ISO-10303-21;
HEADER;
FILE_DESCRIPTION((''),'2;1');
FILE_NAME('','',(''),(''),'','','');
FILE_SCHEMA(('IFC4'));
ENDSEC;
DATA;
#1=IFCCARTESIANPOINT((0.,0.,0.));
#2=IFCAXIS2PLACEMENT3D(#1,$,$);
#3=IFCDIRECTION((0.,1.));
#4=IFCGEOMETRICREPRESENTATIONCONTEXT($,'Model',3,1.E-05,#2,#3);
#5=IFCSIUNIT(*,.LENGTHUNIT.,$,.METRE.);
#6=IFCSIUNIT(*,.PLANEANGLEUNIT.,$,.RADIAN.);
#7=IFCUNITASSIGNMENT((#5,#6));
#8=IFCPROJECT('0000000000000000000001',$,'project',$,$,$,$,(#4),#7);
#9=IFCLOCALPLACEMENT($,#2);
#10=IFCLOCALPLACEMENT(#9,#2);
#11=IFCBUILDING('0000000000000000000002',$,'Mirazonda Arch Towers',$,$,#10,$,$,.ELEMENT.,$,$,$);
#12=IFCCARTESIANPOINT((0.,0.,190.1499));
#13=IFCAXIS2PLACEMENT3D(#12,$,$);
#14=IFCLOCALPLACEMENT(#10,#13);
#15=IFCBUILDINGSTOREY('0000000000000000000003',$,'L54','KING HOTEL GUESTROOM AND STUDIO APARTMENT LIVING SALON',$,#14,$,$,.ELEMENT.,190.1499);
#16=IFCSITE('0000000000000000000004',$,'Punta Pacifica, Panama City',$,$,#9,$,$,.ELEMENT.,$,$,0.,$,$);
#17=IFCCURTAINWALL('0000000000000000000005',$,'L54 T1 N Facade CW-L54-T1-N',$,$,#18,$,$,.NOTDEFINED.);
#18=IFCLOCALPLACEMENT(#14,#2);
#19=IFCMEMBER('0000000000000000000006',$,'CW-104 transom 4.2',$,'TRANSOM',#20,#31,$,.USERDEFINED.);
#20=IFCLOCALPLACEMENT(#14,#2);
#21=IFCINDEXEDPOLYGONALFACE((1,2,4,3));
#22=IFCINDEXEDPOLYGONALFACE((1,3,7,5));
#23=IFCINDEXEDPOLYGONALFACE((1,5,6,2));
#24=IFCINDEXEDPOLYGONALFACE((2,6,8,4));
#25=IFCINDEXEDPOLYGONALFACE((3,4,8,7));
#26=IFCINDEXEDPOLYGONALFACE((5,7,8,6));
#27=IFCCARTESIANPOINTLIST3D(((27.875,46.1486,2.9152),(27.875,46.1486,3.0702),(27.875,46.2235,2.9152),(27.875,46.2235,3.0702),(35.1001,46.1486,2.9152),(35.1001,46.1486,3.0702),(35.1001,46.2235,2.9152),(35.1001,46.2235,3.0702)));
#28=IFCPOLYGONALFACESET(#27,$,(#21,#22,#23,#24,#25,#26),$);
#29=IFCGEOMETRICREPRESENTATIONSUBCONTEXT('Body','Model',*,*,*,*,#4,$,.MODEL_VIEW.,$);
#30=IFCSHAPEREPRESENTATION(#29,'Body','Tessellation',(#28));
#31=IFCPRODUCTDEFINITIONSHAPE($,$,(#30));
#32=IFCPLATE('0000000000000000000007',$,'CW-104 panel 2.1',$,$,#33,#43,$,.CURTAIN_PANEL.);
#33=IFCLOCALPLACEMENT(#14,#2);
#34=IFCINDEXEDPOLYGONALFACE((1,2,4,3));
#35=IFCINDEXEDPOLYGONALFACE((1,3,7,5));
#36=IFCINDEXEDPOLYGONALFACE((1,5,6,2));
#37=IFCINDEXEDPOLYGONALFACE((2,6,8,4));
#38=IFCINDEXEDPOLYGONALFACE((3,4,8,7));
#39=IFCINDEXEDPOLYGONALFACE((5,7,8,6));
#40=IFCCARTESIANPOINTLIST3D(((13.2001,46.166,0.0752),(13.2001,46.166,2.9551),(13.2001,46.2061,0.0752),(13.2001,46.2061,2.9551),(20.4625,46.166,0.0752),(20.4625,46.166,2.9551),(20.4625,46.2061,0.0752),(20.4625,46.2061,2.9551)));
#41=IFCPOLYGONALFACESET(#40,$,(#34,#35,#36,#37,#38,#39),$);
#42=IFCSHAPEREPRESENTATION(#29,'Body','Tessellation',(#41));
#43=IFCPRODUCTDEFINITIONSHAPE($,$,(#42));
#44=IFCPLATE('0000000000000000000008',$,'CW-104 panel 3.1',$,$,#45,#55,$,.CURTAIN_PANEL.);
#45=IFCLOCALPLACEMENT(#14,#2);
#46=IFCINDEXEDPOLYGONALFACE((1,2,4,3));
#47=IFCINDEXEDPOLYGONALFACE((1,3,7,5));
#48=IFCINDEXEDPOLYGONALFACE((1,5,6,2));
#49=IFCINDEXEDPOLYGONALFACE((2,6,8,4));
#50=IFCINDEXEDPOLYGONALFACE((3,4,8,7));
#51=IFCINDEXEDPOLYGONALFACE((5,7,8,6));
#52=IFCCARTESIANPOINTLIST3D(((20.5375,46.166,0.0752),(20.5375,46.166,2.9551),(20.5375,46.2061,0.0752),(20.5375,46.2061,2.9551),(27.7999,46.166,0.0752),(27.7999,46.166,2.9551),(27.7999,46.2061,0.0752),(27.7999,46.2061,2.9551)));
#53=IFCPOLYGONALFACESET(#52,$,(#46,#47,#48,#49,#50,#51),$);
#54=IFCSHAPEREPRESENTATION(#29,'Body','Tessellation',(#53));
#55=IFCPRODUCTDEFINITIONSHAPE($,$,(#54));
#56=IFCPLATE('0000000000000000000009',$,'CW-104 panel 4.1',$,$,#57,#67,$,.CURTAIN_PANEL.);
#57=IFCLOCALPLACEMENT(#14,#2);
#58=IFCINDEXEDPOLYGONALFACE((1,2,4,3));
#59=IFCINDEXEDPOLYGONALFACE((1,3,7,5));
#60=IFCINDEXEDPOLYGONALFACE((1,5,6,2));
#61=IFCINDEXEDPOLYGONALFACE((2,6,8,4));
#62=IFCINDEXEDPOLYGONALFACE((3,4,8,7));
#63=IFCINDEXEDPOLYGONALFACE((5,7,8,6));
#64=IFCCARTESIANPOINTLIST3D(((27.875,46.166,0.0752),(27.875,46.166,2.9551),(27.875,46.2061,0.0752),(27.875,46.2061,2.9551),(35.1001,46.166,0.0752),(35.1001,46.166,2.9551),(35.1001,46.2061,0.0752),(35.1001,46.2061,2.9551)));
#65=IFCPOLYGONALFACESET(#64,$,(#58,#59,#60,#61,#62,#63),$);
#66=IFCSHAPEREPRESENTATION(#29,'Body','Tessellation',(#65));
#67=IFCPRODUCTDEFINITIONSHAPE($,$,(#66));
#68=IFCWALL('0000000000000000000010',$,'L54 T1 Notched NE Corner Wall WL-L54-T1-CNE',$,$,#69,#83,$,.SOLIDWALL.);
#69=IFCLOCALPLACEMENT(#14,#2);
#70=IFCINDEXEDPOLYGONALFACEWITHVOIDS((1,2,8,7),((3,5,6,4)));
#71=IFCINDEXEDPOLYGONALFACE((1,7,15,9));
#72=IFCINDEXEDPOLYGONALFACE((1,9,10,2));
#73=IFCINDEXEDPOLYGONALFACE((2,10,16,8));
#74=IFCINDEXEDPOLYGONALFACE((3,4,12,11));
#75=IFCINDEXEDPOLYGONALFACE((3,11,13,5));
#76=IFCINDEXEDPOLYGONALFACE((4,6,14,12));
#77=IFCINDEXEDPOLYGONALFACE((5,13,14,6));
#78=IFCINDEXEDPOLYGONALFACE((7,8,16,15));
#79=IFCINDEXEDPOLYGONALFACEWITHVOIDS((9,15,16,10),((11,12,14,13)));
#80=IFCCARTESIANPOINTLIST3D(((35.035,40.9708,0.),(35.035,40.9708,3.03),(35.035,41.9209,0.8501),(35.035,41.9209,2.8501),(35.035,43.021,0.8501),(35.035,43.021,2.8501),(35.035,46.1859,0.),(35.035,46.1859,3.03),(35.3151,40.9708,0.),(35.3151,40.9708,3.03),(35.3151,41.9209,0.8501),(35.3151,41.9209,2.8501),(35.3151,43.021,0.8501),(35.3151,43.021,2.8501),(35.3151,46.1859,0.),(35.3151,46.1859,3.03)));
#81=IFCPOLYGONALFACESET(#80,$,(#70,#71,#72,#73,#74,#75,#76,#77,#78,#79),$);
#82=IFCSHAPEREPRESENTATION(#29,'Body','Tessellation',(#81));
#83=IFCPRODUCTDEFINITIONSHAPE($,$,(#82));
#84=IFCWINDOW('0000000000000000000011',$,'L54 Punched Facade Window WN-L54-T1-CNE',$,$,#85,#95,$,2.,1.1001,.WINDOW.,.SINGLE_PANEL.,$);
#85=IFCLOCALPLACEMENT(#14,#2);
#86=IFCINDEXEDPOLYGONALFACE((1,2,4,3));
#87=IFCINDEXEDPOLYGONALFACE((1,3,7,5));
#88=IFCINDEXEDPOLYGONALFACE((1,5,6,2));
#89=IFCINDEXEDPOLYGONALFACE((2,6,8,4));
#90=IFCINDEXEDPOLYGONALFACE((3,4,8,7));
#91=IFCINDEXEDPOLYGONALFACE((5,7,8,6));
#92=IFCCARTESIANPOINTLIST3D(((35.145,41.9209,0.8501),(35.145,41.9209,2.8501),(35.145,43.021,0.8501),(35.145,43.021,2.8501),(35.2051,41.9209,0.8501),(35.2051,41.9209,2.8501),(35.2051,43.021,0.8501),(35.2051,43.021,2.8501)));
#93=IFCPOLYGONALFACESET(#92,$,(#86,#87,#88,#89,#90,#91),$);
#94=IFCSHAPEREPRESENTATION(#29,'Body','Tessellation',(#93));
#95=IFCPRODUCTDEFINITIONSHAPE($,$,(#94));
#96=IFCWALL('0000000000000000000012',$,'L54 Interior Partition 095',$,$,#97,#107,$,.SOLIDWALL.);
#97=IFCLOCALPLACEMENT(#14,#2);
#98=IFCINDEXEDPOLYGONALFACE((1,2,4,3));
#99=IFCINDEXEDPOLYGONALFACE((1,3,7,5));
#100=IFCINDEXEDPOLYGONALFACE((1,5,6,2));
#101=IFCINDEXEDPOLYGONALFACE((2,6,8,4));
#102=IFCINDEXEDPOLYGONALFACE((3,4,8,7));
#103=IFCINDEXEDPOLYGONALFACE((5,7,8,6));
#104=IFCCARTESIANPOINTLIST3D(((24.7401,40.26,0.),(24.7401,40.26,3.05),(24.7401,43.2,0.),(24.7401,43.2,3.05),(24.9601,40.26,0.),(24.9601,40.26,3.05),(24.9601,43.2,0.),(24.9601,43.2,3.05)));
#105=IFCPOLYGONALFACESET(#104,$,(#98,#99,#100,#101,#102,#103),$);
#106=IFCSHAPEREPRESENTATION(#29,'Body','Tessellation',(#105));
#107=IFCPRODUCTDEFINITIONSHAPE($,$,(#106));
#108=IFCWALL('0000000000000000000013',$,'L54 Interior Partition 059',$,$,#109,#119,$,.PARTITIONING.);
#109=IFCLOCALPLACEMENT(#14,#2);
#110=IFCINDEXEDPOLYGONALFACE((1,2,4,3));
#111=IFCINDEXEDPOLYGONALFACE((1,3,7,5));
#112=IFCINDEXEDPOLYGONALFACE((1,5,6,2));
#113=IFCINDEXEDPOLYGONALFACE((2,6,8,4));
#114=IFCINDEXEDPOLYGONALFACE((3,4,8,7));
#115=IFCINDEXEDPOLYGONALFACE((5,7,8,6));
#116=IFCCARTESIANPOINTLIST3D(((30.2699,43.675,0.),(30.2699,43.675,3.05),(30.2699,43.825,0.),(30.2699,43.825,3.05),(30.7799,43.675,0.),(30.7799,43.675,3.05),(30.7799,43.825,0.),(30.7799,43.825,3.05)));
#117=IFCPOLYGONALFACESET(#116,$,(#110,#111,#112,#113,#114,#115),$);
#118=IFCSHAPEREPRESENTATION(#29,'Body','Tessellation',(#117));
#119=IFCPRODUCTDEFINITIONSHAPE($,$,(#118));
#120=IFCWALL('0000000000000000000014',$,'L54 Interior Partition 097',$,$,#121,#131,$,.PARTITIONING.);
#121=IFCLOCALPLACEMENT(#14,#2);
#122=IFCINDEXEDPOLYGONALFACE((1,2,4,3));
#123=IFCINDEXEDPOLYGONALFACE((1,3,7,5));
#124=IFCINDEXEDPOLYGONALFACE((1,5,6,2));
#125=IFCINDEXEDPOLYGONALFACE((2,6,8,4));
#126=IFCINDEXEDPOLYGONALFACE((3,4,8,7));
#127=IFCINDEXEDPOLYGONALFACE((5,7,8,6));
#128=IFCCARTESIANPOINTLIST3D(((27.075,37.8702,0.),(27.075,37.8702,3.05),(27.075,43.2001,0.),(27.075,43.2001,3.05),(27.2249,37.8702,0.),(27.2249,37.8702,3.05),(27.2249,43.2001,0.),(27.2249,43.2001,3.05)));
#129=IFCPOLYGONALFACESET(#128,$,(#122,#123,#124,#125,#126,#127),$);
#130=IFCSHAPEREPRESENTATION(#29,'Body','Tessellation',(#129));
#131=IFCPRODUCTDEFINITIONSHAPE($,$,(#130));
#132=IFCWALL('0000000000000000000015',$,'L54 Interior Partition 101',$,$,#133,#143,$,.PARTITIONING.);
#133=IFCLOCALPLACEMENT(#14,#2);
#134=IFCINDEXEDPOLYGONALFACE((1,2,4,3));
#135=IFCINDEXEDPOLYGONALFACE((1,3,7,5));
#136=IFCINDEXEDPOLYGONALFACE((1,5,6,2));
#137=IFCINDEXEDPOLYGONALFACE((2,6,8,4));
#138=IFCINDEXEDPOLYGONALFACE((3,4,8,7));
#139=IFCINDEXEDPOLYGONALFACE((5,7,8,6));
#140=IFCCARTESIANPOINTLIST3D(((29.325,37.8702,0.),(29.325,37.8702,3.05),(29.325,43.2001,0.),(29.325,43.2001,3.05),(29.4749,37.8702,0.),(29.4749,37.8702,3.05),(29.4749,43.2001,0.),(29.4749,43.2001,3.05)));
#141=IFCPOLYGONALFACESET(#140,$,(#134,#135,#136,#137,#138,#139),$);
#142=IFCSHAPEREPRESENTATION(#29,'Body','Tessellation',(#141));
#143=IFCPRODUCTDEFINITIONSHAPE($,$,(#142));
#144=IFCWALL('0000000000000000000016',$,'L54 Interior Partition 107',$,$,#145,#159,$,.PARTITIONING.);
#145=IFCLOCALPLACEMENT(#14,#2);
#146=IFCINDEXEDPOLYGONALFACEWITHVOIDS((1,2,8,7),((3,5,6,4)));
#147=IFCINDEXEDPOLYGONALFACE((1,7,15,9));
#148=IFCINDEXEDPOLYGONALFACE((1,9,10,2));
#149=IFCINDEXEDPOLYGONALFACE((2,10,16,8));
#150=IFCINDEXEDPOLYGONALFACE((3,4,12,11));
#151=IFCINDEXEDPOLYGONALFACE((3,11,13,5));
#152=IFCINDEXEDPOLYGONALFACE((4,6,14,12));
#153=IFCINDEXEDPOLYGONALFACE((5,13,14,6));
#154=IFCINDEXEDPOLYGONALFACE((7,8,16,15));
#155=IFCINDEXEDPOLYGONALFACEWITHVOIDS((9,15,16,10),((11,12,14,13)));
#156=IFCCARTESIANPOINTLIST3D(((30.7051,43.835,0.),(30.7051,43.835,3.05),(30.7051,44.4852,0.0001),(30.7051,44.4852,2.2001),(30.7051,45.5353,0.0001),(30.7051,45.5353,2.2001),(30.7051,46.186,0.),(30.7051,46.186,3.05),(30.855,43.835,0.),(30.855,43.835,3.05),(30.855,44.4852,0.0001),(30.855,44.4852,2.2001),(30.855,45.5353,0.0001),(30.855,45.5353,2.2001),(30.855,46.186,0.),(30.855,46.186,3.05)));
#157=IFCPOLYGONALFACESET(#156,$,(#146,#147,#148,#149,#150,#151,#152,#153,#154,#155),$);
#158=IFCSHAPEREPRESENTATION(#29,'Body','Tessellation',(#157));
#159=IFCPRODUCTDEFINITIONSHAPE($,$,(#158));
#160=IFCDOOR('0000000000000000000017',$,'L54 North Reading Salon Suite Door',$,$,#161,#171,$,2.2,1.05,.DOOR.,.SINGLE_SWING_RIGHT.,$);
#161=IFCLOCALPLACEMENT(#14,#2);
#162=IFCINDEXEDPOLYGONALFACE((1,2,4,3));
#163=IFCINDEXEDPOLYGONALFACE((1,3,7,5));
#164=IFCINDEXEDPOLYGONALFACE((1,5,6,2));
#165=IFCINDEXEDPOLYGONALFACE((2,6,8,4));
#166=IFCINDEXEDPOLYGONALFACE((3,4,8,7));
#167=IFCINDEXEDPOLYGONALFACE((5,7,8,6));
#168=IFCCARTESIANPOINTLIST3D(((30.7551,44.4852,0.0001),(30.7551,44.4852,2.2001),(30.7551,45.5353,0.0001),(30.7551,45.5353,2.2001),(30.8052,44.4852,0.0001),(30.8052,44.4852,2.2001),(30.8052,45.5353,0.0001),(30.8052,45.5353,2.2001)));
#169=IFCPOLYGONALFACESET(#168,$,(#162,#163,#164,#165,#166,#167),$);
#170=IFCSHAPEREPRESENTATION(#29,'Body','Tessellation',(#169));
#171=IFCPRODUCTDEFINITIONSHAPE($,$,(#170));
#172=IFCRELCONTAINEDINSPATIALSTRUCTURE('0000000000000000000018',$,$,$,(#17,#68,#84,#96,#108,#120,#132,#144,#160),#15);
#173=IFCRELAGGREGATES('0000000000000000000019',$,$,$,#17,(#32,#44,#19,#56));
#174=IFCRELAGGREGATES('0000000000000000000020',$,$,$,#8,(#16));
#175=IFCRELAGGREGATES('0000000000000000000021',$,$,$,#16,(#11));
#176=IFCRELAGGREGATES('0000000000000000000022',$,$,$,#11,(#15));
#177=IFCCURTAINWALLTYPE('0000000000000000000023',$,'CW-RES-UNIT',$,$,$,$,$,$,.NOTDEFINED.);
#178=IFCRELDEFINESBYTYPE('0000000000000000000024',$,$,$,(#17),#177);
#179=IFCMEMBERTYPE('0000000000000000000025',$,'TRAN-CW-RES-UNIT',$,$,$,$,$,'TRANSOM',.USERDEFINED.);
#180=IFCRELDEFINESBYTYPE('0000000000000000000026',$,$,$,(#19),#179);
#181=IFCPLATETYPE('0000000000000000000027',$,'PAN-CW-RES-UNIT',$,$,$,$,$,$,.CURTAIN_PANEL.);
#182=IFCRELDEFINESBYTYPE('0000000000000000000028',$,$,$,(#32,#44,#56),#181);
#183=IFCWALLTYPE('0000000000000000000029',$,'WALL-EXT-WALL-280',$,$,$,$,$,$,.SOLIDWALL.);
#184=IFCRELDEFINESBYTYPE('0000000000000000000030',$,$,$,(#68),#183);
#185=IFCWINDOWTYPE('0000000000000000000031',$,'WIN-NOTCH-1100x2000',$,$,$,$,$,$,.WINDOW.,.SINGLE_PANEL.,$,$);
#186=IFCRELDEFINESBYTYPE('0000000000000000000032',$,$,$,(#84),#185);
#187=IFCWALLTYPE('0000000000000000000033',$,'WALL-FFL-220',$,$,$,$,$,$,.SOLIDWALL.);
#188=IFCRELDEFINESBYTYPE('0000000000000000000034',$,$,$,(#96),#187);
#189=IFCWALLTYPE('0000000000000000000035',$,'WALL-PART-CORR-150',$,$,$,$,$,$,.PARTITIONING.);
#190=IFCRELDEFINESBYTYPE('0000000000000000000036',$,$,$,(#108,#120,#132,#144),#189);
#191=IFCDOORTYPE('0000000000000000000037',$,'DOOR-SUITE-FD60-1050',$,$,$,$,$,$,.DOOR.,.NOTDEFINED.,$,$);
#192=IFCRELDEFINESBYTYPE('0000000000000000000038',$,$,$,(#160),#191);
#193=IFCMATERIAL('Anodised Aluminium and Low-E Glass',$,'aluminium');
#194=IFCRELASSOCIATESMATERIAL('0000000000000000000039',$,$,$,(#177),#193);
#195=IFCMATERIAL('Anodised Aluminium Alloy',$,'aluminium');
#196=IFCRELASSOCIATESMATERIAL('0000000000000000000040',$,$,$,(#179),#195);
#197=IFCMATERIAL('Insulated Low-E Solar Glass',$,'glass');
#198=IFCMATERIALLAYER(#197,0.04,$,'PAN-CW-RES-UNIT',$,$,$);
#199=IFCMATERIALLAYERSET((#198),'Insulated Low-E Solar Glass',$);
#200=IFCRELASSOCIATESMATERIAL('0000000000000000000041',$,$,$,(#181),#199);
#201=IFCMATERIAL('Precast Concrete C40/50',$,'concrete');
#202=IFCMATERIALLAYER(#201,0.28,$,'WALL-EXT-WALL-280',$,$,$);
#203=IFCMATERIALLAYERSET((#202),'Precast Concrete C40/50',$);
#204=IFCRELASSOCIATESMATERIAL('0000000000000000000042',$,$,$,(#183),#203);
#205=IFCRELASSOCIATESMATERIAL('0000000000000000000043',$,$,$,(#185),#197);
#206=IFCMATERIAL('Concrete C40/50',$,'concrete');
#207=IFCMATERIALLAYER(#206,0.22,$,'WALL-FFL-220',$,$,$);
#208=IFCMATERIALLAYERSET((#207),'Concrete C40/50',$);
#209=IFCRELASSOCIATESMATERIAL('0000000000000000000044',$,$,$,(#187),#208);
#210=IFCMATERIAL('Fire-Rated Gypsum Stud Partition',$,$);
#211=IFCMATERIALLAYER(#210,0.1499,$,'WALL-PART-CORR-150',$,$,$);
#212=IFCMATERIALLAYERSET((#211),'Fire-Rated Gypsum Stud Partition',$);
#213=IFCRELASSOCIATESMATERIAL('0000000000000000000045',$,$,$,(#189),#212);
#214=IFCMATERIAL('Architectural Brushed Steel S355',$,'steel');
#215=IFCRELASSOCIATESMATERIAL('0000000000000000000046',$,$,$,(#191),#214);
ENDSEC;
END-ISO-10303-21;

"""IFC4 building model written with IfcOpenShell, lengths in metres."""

from ifc_helpers import new_model, si_unit, direction, frame, frame_2d, origin, origin_2d, place, context, subcontext, project, spatial, rectangle, extrude, material, layer, layer_set, material_profile, profile_set, type_object, element, fill, aggregate, save


model = new_model("IFC4")

# Units and contexts
model_context = context("Model", 3, precision=1e-05, world=origin(), true_north=direction((0.0, 1.0)))
body_context = subcontext(model_context, "Body", "Model", "MODEL_VIEW")
ifc_project = project(units=[si_unit("LENGTHUNIT", "METRE"), si_unit("PLANEANGLEUNIT", "RADIAN")], contexts=[model_context])

# Site, building, storey
site_placement = place(None, origin())
site = spatial("IfcSite", under=ifc_project, at=site_placement, Name="Punta Pacifica, Panama City", CompositionType="ELEMENT", RefElevation=0.0)
building_placement = place(site_placement, origin())
building = spatial("IfcBuilding", under=site, at=building_placement, Name="Mirazonda Arch Towers", CompositionType="ELEMENT")
storey_placement = place(building_placement, frame((0.0, 0.0, 190.1499)))
storey = spatial("IfcBuildingStorey", under=building, at=storey_placement, Name="L54", Description="KING HOTEL GUESTROOM AND STUDIO APARTMENT LIVING SALON", CompositionType="ELEMENT", Elevation=190.1499)

# Curtain wall, member, plates
ifc_material_1 = material(Name="Anodised Aluminium and Low-E Glass", Category="aluminium")
curtain_wall_type = type_object("IfcCurtainWallType", Name="CW-RES-UNIT", PredefinedType="NOTDEFINED", material=ifc_material_1)
curtain_wall_placement = place(storey_placement, origin())
curtain_wall = element("IfcCurtainWall", 1, at=curtain_wall_placement, inside=storey, type_object=curtain_wall_type, Name="L54 T1 N Facade CW-L54-T1-N", PredefinedType="NOTDEFINED")
ifc_material_2 = material(Name="Anodised Aluminium Alloy", Category="aluminium")
ifc_material_profile_1 = material_profile(ifc_material_2, rectangle(XDim=0.075, YDim=0.155, at=origin_2d()), Name="ALU-TRAN-75x155")
ifc_profile_set_1 = profile_set([ifc_material_profile_1], Name="Anodised Aluminium Alloy")
member_type_1 = type_object("IfcMemberType", Name="TRAN-CW-RES-UNIT", ElementType="TRANSOM", PredefinedType="USERDEFINED", material=ifc_profile_set_1)
member_1_placement = place(storey_placement, frame((27.875, 46.186, 2.9927), z_axis=(1.0, 0.0, 0.0), x_axis=(0.0, 1.0, 0.0)))
member_1 = element("IfcMember", 2, at=member_1_placement, type_object=member_type_1, Name="CW-104 transom 4.2", ObjectType="TRANSOM", PredefinedType="USERDEFINED", context=body_context, shape_type="SweptSolid", body=[
    extrude(rectangle(XDim=0.075, YDim=0.155, at=origin_2d()), origin(), (0.0, 0.0, 1.0), 7.2251),
])
ifc_material_3 = material(Name="Insulated Low-E Solar Glass", Category="glass")
ifc_layer_1 = layer(ifc_material_3, 0.04, Name="PAN-CW-RES-UNIT")
ifc_layer_set_1 = layer_set([ifc_layer_1], Name="Insulated Low-E Solar Glass")
plate_type = type_object("IfcPlateType", Name="PAN-CW-RES-UNIT", PredefinedType="CURTAIN_PANEL", material=ifc_layer_set_1)
plate_1_placement = place(storey_placement, frame((16.8313, 46.186, 0.0752), z_axis=(0.0, 0.0, 1.0), x_axis=(1.0, 0.0, 0.0)))
plate_1 = element("IfcPlate", 3, at=plate_1_placement, type_object=plate_type, Name="CW-104 panel 2.1", PredefinedType="CURTAIN_PANEL", context=body_context, shape_type="SweptSolid", body=[
    extrude(rectangle(XDim=7.2625, YDim=0.04, at=origin_2d()), origin(), (0.0, 0.0, 1.0), 2.8799),
])
plate_2_placement = place(storey_placement, frame((24.1687, 46.186, 0.0752), z_axis=(0.0, 0.0, 1.0), x_axis=(1.0, 0.0, 0.0)))
plate_2 = element("IfcPlate", 4, at=plate_2_placement, type_object=plate_type, Name="CW-104 panel 3.1", PredefinedType="CURTAIN_PANEL", context=body_context, shape_type="SweptSolid", body=[
    extrude(rectangle(XDim=7.2625, YDim=0.04, at=origin_2d()), origin(), (0.0, 0.0, 1.0), 2.8799),
])
plate_3_placement = place(storey_placement, frame((31.4875, 46.186, 0.0752), z_axis=(0.0, 0.0, 1.0), x_axis=(1.0, 0.0, 0.0)))
plate_3 = element("IfcPlate", 5, at=plate_3_placement, type_object=plate_type, Name="CW-104 panel 4.1", PredefinedType="CURTAIN_PANEL", context=body_context, shape_type="SweptSolid", body=[
    extrude(rectangle(XDim=7.2251, YDim=0.04, at=origin_2d()), origin(), (0.0, 0.0, 1.0), 2.8799),
])
aggregate(curtain_wall, [plate_1, plate_2, member_1, plate_3])

# Wall, opening, window
ifc_material_4 = material(Name="Precast Concrete C40/50", Category="concrete")
ifc_layer_2 = layer(ifc_material_4, 0.28, Name="WALL-EXT-WALL-280")
ifc_layer_set_2 = layer_set([ifc_layer_2], Name="Precast Concrete C40/50")
wall_type_1 = type_object("IfcWallType", Name="WALL-EXT-WALL-280", PredefinedType="SOLIDWALL", material=ifc_layer_set_2)
wall_1_placement = place(storey_placement, frame((35.175, 40.9709, 0.0), z_axis=(0.0, 0.0, 1.0), x_axis=(0.0, 1.0, 0.0)))
wall_1 = element("IfcWall", 6, at=wall_1_placement, inside=storey, type_object=wall_type_1, Name="L54 T1 Notched NE Corner Wall WL-L54-T1-CNE", PredefinedType="SOLIDWALL", context=body_context, shape_type="SweptSolid", body=[
    extrude(rectangle(XDim=5.2151, YDim=0.28, at=frame_2d((2.6074, 0.0))), origin(), (0.0, 0.0, 1.0), 3.03),
])
opening_1_placement = place(wall_1_placement, frame((0.95, 0.0, 0.8501)))
opening_1 = element("IfcOpeningElement", 7, at=opening_1_placement, cuts=wall_1, PredefinedType="OPENING", context=body_context, shape_type="SweptSolid", body=[
    extrude(rectangle(XDim=1.1001, YDim=2.0, at=frame_2d((0.55, 1.0))), frame((0.0, 0.1499, 0.0), z_axis=(0.0, -1.0, 0.0), x_axis=(1.0, 0.0, 0.0)), (0.0, 0.0, 1.0), 0.3),
])
window_type = type_object("IfcWindowType", Name="WIN-NOTCH-1100x2000", PartitioningType="SINGLE_PANEL", PredefinedType="WINDOW", material=ifc_material_3)
window_placement = place(opening_1_placement, origin())
window = element("IfcWindow", 8, at=window_placement, inside=storey, type_object=window_type, Name="L54 Punched Facade Window WN-L54-T1-CNE", OverallHeight=2.0, OverallWidth=1.1001, PartitioningType="SINGLE_PANEL", PredefinedType="WINDOW", context=body_context, shape_type="SweptSolid", body=[
    extrude(rectangle(XDim=1.1001, YDim=2.0, at=frame_2d((0.55, 1.0))), frame((0.0, 0.03, 0.0), z_axis=(0.0, -1.0, 0.0), x_axis=(1.0, 0.0, 0.0)), (0.0, 0.0, 1.0), 0.0601),
])
fill(opening_1, window)

# Walls
ifc_material_5 = material(Name="Concrete C40/50", Category="concrete")
ifc_layer_3 = layer(ifc_material_5, 0.22, Name="WALL-FFL-220")
ifc_layer_set_3 = layer_set([ifc_layer_3], Name="Concrete C40/50")
wall_type_2 = type_object("IfcWallType", Name="WALL-FFL-220", PredefinedType="SOLIDWALL", material=ifc_layer_set_3)
wall_2_placement = place(storey_placement, frame((24.8501, 40.26, 0.0), z_axis=(0.0, 0.0, 1.0), x_axis=(0.0, 1.0, 0.0)))
element("IfcWall", 9, at=wall_2_placement, inside=storey, type_object=wall_type_2, Name="L54 Interior Partition 095", PredefinedType="SOLIDWALL", context=body_context, shape_type="SweptSolid", body=[
    extrude(rectangle(XDim=2.9399, YDim=0.22, at=frame_2d((1.47, 0.0))), origin(), (0.0, 0.0, 1.0), 3.05),
])
ifc_material_6 = material(Name="Fire-Rated Gypsum Stud Partition")
ifc_layer_4 = layer(ifc_material_6, 0.1499, Name="WALL-PART-CORR-150")
ifc_layer_set_4 = layer_set([ifc_layer_4], Name="Fire-Rated Gypsum Stud Partition")
wall_type_3 = type_object("IfcWallType", Name="WALL-PART-CORR-150", PredefinedType="PARTITIONING", material=ifc_layer_set_4)
wall_3_placement = place(storey_placement, frame((30.27, 43.75, 0.0), z_axis=(0.0, 0.0, 1.0), x_axis=(1.0, 0.0, 0.0)))
element("IfcWall", 10, at=wall_3_placement, inside=storey, type_object=wall_type_3, Name="L54 Interior Partition 059", PredefinedType="PARTITIONING", context=body_context, shape_type="SweptSolid", body=[
    extrude(rectangle(XDim=0.51, YDim=0.1499, at=frame_2d((0.2549, 0.0))), origin(), (0.0, 0.0, 1.0), 3.05),
])
for number, where, z_axis, x_axis, name in (
    (11, (27.1499, 37.8701, 0.0), (0.0, 0.0, 1.0), (0.0, 1.0, 0.0), "L54 Interior Partition 097"),
    (12, (29.3999, 37.8701, 0.0), (0.0, 0.0, 1.0), (0.0, 1.0, 0.0), "L54 Interior Partition 101"),
):
    element("IfcWall", number, at=place(storey_placement, frame(where, z_axis=z_axis, x_axis=x_axis)), inside=storey, type_object=wall_type_3, Name=name, PredefinedType="PARTITIONING", context=body_context, shape_type="SweptSolid", body=[
        extrude(rectangle(XDim=5.3298, YDim=0.1499, at=frame_2d((2.665, 0.0))), origin(), (0.0, 0.0, 1.0), 3.05),
    ])

# Wall, opening, door
wall_4_placement = place(storey_placement, frame((30.78, 43.835, 0.0), z_axis=(0.0, 0.0, 1.0), x_axis=(0.0, 1.0, 0.0)))
wall_4 = element("IfcWall", 13, at=wall_4_placement, inside=storey, type_object=wall_type_3, Name="L54 Interior Partition 107", PredefinedType="PARTITIONING", context=body_context, shape_type="SweptSolid", body=[
    extrude(rectangle(XDim=2.3511, YDim=0.1499, at=frame_2d((1.1755, 0.0))), origin(), (0.0, 0.0, 1.0), 3.05),
])
opening_2_placement = place(wall_4_placement, frame((0.6504, 0.0, 0.0)))
opening_2 = element("IfcOpeningElement", 14, at=opening_2_placement, cuts=wall_4, PredefinedType="OPENING", context=body_context, shape_type="SweptSolid", body=[
    extrude(rectangle(XDim=1.05, YDim=2.2, at=frame_2d((0.5249, 1.1001))), frame((0.0, 0.085, 0.0), z_axis=(0.0, -1.0, 0.0), x_axis=(1.0, 0.0, 0.0)), (0.0, 0.0, 1.0), 0.1699),
])
ifc_material_7 = material(Name="Architectural Brushed Steel S355", Category="steel")
door_type_1 = type_object("IfcDoorType", Name="DOOR-SUITE-FD60-1050", OperationType="NOTDEFINED", PredefinedType="DOOR", material=ifc_material_7)
door_1_placement = place(opening_2_placement, origin())
door_1 = element("IfcDoor", 15, at=door_1_placement, inside=storey, type_object=door_type_1, Name="L54 North Reading Salon Suite Door", OperationType="SINGLE_SWING_RIGHT", OverallHeight=2.2, OverallWidth=1.05, PredefinedType="DOOR", context=body_context, shape_type="SweptSolid", body=[
    extrude(rectangle(XDim=1.05, YDim=2.2, at=frame_2d((0.5249, 1.1001))), frame((0.0, 0.0249, 0.0), z_axis=(0.0, -1.0, 0.0), x_axis=(1.0, 0.0, 0.0)), (0.0, 0.0, 1.0), 0.05),
])
fill(opening_2, door_1)

save(model, "model.ifc")
